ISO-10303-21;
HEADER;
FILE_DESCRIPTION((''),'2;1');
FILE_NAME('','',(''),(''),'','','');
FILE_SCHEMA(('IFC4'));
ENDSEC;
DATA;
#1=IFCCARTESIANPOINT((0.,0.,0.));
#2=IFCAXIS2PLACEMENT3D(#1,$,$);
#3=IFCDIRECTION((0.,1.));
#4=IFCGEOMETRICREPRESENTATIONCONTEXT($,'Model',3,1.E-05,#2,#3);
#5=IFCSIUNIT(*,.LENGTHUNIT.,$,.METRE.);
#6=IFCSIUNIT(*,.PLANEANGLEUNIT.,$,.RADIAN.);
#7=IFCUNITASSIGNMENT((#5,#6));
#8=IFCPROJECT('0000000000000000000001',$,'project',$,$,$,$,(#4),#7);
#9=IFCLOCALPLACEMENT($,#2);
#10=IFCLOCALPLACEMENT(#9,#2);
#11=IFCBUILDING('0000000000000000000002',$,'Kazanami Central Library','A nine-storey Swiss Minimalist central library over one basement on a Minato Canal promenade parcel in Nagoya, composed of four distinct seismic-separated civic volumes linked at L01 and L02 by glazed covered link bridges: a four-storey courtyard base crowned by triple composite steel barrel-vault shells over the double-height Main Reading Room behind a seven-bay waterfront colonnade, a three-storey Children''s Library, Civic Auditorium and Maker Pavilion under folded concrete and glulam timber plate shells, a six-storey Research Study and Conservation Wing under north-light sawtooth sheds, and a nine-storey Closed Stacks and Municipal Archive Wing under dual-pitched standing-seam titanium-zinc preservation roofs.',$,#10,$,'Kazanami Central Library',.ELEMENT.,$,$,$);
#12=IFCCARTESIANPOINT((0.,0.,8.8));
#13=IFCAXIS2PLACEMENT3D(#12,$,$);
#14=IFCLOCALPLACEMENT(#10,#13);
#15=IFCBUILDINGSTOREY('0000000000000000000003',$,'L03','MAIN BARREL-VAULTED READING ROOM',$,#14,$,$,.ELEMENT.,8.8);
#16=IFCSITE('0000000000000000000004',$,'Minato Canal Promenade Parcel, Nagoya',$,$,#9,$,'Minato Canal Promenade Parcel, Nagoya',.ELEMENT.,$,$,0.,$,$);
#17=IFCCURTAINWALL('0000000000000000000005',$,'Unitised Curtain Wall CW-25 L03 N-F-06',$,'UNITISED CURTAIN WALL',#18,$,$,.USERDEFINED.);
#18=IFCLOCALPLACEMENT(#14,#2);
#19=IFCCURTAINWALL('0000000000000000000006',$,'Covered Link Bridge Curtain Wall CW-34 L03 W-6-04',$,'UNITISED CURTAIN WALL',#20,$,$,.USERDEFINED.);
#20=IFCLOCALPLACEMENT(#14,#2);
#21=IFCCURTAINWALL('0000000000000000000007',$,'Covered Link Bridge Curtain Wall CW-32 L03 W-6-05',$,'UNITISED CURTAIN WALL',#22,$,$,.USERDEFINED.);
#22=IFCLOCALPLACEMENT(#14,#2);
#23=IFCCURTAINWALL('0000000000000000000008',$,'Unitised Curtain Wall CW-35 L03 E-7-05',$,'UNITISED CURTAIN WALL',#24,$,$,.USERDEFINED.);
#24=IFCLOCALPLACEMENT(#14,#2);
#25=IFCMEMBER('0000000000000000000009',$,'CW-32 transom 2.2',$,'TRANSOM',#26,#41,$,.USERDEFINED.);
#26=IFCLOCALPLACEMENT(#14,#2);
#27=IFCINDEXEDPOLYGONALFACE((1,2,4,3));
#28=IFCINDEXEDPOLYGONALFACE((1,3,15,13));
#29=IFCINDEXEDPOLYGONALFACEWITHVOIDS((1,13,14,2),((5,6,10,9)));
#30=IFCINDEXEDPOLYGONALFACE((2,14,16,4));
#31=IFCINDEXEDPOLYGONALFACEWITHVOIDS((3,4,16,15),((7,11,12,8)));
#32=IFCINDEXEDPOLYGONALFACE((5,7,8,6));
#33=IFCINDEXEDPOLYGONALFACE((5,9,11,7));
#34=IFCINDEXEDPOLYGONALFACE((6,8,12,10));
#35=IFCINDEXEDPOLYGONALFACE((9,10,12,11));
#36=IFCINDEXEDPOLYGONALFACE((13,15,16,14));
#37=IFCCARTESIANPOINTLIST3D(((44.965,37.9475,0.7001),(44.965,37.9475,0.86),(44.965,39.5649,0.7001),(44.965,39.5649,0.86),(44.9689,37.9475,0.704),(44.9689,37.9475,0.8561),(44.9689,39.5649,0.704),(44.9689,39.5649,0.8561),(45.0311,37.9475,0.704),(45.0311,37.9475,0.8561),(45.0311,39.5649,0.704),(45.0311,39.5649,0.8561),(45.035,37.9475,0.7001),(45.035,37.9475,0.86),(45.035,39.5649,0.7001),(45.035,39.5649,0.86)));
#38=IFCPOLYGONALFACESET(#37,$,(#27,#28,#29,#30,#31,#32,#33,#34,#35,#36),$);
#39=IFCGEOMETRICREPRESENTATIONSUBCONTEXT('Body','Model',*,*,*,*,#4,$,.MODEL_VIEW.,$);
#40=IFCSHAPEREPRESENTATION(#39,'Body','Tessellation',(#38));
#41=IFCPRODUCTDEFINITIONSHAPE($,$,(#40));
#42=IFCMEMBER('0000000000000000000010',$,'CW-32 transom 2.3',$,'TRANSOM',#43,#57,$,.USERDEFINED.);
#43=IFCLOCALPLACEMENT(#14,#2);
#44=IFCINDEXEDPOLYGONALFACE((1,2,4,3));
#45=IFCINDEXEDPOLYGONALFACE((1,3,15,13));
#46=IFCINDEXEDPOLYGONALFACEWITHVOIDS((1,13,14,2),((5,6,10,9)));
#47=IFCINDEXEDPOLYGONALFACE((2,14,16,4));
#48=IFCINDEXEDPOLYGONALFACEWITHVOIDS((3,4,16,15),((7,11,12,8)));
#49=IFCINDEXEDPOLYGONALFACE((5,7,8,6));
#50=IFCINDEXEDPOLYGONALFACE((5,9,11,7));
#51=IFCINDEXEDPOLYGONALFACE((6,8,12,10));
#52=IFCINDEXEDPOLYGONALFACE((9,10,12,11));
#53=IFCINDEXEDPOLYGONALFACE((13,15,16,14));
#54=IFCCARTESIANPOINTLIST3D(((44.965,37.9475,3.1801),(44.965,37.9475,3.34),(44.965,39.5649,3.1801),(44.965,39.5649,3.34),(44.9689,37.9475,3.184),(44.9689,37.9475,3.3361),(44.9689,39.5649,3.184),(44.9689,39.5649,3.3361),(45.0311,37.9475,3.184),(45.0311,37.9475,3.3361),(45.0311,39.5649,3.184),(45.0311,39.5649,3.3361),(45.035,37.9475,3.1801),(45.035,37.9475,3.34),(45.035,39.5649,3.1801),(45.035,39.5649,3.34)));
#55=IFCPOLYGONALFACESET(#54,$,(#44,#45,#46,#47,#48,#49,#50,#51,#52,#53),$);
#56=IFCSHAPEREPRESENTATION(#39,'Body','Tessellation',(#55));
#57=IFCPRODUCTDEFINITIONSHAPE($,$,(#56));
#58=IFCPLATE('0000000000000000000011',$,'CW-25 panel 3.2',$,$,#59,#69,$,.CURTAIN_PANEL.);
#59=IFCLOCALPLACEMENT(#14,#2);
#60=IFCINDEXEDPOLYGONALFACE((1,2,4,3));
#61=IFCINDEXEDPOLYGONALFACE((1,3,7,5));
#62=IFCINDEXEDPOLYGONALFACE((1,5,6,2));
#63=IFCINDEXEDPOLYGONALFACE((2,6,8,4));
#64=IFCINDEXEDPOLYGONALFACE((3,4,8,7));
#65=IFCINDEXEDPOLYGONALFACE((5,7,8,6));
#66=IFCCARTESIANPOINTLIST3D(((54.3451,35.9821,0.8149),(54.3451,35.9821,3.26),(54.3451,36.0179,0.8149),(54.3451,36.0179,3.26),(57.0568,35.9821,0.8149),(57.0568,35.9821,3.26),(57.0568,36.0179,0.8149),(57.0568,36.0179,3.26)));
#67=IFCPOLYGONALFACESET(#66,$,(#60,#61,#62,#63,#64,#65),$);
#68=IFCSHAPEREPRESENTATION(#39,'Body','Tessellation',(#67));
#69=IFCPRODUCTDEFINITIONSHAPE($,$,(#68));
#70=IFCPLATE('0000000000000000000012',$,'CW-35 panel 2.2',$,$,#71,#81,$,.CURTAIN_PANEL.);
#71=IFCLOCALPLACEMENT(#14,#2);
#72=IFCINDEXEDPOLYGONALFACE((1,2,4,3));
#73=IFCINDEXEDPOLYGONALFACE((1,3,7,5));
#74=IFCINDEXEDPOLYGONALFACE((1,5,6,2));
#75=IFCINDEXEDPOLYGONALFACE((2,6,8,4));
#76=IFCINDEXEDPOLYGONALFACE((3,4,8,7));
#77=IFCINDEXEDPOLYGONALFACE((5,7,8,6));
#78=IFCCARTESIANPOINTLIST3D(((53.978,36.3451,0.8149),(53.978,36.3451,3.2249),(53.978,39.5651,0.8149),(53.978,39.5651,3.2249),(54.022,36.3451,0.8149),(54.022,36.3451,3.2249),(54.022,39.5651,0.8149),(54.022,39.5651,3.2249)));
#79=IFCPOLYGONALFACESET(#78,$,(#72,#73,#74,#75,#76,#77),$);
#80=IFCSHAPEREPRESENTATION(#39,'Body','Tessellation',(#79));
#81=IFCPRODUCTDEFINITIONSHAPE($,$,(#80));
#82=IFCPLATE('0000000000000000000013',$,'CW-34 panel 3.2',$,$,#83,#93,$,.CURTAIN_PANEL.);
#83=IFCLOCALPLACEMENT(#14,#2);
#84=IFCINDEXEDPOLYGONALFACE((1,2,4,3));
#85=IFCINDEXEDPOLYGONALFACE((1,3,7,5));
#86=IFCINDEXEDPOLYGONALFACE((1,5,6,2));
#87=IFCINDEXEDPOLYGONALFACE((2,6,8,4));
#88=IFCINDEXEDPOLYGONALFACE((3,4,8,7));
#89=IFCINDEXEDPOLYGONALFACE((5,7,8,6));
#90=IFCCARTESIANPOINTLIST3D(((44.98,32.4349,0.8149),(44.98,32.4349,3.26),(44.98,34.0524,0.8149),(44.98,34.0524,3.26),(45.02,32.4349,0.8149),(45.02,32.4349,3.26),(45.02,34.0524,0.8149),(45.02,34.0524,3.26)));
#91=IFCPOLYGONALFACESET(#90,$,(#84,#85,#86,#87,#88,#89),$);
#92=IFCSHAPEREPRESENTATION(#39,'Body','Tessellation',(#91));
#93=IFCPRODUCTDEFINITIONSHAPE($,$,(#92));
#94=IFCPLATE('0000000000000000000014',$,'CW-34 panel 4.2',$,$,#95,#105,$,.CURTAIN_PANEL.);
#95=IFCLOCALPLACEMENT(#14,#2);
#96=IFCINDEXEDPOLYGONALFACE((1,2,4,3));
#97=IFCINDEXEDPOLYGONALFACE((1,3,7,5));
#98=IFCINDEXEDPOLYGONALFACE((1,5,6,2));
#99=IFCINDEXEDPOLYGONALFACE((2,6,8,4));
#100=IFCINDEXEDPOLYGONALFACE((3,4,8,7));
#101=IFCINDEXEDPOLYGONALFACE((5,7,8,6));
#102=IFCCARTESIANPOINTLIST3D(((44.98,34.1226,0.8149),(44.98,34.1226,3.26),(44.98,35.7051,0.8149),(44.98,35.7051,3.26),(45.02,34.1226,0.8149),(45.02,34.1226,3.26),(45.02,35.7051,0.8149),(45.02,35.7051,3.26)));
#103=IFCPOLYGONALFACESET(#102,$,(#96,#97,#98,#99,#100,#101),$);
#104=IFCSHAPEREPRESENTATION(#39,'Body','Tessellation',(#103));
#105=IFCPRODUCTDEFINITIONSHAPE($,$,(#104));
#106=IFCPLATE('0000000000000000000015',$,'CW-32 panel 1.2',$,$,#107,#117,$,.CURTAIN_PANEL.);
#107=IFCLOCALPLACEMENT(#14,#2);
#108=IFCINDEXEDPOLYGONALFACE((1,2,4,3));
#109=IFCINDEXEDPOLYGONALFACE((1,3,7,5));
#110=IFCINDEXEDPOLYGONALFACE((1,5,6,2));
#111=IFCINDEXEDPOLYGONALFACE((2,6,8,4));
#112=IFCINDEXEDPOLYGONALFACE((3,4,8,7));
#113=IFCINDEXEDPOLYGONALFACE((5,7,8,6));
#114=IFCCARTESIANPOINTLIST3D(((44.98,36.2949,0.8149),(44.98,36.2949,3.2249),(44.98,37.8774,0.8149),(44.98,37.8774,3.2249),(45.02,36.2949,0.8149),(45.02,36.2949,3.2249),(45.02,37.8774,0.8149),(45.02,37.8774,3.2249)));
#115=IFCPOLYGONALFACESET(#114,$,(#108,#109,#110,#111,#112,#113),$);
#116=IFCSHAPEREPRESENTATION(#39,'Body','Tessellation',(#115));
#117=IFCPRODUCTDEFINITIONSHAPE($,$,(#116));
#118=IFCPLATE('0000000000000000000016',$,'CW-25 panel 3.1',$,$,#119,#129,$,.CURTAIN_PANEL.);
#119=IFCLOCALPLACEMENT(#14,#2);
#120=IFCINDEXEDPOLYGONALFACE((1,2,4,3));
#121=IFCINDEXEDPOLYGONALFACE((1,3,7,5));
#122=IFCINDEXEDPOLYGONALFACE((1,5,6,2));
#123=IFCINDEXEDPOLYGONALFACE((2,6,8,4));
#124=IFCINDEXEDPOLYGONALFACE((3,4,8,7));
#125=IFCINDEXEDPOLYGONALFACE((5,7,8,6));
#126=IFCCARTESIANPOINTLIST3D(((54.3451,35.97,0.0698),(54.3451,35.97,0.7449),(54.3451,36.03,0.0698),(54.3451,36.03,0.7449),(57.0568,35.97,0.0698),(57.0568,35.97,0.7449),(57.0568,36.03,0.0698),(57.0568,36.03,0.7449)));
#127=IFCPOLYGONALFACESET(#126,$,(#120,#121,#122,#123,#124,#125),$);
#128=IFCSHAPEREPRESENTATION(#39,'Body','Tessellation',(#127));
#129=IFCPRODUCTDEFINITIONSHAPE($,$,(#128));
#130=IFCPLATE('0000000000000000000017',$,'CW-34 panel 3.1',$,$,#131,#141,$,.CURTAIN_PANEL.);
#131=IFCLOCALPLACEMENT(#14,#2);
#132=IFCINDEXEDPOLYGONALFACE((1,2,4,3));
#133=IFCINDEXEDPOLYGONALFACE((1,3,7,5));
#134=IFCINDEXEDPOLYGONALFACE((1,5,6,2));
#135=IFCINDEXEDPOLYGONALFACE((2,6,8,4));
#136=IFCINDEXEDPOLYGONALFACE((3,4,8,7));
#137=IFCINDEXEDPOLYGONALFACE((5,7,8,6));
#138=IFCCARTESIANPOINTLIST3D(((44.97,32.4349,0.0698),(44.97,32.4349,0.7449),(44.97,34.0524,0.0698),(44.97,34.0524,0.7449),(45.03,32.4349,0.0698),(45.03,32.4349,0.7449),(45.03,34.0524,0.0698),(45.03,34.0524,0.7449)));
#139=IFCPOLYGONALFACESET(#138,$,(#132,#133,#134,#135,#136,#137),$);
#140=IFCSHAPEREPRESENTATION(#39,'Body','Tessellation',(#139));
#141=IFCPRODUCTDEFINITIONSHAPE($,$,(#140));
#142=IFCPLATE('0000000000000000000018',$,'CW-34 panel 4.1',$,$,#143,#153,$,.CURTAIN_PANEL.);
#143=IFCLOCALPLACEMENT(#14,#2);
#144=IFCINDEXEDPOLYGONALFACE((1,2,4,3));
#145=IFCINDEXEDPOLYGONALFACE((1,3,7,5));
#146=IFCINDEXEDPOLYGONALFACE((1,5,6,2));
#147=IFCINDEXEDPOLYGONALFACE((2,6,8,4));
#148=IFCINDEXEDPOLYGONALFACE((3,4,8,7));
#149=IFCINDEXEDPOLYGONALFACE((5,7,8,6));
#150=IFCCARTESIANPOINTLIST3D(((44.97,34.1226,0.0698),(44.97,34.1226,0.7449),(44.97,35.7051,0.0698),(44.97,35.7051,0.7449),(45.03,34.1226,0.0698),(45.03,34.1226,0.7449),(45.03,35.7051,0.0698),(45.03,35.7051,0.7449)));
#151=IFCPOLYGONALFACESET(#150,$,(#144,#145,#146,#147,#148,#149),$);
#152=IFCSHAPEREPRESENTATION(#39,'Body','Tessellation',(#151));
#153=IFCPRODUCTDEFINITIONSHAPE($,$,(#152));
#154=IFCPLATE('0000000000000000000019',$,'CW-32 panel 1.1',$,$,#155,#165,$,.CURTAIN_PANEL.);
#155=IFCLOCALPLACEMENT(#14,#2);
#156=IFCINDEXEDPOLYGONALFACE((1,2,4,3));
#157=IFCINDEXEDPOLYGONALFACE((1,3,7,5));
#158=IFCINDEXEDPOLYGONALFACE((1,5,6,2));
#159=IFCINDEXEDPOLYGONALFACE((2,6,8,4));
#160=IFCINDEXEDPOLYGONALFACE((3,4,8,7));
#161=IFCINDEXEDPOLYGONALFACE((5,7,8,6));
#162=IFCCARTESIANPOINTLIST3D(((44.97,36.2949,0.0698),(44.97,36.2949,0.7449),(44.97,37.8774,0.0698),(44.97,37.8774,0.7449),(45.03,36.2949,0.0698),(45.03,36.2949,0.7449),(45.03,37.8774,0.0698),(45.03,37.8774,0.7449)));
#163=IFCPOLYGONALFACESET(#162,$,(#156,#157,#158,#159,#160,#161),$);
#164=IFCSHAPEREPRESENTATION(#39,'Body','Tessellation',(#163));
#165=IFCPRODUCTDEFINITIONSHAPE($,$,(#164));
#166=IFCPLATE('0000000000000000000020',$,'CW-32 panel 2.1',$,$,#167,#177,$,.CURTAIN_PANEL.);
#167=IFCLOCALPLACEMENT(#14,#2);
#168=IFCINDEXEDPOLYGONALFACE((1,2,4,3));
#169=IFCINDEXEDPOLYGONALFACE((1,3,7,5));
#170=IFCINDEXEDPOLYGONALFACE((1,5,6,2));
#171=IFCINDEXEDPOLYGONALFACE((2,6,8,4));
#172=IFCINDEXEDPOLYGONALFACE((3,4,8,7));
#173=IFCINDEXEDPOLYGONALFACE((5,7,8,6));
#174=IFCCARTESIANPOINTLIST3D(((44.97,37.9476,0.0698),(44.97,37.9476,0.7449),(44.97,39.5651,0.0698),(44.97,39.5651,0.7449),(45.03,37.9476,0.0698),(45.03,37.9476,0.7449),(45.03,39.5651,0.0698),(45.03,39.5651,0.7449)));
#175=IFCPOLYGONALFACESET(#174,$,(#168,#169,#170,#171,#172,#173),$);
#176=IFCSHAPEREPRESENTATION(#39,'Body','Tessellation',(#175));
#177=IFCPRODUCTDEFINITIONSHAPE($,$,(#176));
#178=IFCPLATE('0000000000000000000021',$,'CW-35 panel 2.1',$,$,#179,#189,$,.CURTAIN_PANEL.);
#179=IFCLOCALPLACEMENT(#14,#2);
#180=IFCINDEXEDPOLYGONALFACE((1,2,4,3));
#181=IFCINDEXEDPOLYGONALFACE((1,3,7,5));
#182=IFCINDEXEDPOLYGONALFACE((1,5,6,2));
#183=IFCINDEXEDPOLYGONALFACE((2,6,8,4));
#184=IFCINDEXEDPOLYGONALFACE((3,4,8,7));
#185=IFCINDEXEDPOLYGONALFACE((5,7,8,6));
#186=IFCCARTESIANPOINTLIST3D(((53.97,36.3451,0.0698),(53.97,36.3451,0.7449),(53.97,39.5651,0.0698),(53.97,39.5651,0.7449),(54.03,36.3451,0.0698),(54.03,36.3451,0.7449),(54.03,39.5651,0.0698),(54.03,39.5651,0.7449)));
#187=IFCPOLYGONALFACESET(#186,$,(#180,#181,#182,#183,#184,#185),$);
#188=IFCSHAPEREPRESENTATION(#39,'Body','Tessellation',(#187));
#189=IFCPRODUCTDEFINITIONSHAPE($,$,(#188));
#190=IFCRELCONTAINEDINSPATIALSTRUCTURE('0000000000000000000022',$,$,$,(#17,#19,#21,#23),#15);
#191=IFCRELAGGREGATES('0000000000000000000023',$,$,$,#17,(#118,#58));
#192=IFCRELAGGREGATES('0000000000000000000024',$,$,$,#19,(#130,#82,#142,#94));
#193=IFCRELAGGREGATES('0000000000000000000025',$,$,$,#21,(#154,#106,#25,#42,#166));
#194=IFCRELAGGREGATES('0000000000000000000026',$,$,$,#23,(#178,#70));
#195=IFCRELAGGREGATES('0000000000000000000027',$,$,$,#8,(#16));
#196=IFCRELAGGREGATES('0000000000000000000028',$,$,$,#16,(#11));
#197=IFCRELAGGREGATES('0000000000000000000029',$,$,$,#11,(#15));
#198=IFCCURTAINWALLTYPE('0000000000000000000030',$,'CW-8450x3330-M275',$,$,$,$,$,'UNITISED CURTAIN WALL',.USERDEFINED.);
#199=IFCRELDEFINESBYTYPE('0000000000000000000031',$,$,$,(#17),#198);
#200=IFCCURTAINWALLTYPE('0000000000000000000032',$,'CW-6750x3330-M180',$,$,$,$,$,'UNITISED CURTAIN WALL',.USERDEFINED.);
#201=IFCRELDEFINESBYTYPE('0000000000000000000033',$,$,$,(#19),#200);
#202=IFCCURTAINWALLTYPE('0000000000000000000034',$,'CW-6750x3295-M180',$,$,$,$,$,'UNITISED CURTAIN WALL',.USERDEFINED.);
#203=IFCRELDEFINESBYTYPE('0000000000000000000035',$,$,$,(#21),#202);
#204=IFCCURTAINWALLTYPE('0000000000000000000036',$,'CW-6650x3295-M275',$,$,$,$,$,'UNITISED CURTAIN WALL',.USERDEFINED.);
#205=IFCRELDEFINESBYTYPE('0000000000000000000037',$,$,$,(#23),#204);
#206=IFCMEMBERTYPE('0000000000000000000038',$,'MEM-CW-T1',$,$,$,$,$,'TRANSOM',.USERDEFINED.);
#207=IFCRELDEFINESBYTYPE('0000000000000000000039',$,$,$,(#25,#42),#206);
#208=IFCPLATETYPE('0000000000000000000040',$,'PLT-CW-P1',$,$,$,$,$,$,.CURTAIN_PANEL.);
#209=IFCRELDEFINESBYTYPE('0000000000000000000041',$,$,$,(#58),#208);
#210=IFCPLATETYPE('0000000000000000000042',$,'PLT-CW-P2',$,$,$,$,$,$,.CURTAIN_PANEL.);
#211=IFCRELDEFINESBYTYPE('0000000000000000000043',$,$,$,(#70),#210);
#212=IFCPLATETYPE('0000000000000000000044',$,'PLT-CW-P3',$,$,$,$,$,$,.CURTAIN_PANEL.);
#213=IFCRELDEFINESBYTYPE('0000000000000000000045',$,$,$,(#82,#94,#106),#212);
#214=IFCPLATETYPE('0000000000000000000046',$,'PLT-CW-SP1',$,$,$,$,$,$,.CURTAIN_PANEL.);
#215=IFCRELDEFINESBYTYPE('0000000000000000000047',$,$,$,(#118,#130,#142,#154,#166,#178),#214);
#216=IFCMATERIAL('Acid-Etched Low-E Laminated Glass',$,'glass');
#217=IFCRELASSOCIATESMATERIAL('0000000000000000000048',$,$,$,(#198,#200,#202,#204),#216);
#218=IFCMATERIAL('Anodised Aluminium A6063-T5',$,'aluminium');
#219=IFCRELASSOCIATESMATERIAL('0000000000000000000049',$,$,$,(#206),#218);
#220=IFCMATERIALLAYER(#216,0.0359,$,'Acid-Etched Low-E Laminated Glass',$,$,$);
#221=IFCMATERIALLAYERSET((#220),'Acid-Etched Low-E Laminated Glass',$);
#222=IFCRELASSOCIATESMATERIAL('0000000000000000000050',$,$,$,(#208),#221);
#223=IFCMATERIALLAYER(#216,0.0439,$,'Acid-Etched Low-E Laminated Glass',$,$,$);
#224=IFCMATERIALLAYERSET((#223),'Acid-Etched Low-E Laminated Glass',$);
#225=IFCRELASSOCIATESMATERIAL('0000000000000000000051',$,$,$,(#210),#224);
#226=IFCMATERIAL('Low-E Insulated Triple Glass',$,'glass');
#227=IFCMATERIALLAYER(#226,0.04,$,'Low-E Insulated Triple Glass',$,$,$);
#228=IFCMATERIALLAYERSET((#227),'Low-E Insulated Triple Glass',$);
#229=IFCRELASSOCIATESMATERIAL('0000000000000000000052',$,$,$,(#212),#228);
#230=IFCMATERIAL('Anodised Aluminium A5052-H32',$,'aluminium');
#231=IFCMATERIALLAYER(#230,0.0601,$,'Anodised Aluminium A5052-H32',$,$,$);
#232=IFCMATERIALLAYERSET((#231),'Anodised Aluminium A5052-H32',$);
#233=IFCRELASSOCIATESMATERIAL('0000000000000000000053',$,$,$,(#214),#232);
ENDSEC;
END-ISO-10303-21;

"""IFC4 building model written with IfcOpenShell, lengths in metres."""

from ifc_helpers import new_model, si_unit, direction, frame, origin, origin_2d, place, context, subcontext, project, spatial, rectangle, hollow_rectangle, extrude, material, layer, layer_set, material_profile, profile_set, type_object, element, aggregate, save


model = new_model("IFC4")

# Units and contexts
model_context = context("Model", 3, precision=1e-05, world=origin(), true_north=direction((0.0, 1.0)))
body_context = subcontext(model_context, "Body", "Model", "MODEL_VIEW")
ifc_project = project(units=[si_unit("LENGTHUNIT", "METRE"), si_unit("PLANEANGLEUNIT", "RADIAN")], contexts=[model_context])

# Site, building, storey
site_placement = place(None, origin())
site = spatial("IfcSite", under=ifc_project, at=site_placement, Name="Minato Canal Promenade Parcel, Nagoya", LongName="Minato Canal Promenade Parcel, Nagoya", CompositionType="ELEMENT", RefElevation=0.0)
building_placement = place(site_placement, origin())
building = spatial("IfcBuilding", under=site, at=building_placement, Name="Kazanami Central Library", Description="A nine-storey Swiss Minimalist central library over one basement on a Minato Canal promenade parcel in Nagoya, composed of four distinct seismic-separated civic volumes linked at L01 and L02 by glazed covered link bridges: a four-storey courtyard base crowned by triple composite steel barrel-vault shells over the double-height Main Reading Room behind a seven-bay waterfront colonnade, a three-storey Children's Library, Civic Auditorium and Maker Pavilion under folded concrete and glulam timber plate shells, a six-storey Research Study and Conservation Wing under north-light sawtooth sheds, and a nine-storey Closed Stacks and Municipal Archive Wing under dual-pitched standing-seam titanium-zinc preservation roofs.", LongName="Kazanami Central Library", CompositionType="ELEMENT")
storey_placement = place(building_placement, frame((0.0, 0.0, 8.8)))
storey = spatial("IfcBuildingStorey", under=building, at=storey_placement, Name="L03", Description="MAIN BARREL-VAULTED READING ROOM", CompositionType="ELEMENT", Elevation=8.8)

# Curtain wall
ifc_material_1 = material(Name="Acid-Etched Low-E Laminated Glass", Category="glass")
curtain_wall_type_1 = type_object("IfcCurtainWallType", Name="CW-8450x3330-M275", ElementType="UNITISED CURTAIN WALL", PredefinedType="USERDEFINED", material=ifc_material_1)
curtain_wall_1_placement = place(storey_placement, origin())
curtain_wall_1 = element("IfcCurtainWall", 1, at=curtain_wall_1_placement, inside=storey, type_object=curtain_wall_type_1, Name="Unitised Curtain Wall CW-25 L03 N-F-06", ObjectType="UNITISED CURTAIN WALL", PredefinedType="USERDEFINED")
ifc_material_2 = material(Name="Anodised Aluminium A6063-T5", Category="aluminium")

# Curtain walls
curtain_wall_type_2 = type_object("IfcCurtainWallType", Name="CW-6750x3330-M180", ElementType="UNITISED CURTAIN WALL", PredefinedType="USERDEFINED", material=ifc_material_1)
curtain_wall_2_placement = place(storey_placement, origin())
curtain_wall_2 = element("IfcCurtainWall", 2, at=curtain_wall_2_placement, inside=storey, type_object=curtain_wall_type_2, Name="Covered Link Bridge Curtain Wall CW-34 L03 W-6-04", ObjectType="UNITISED CURTAIN WALL", PredefinedType="USERDEFINED")
curtain_wall_type_3 = type_object("IfcCurtainWallType", Name="CW-6750x3295-M180", ElementType="UNITISED CURTAIN WALL", PredefinedType="USERDEFINED", material=ifc_material_1)
curtain_wall_3_placement = place(storey_placement, origin())
curtain_wall_3 = element("IfcCurtainWall", 3, at=curtain_wall_3_placement, inside=storey, type_object=curtain_wall_type_3, Name="Covered Link Bridge Curtain Wall CW-32 L03 W-6-05", ObjectType="UNITISED CURTAIN WALL", PredefinedType="USERDEFINED")

# Curtain wall
curtain_wall_type_4 = type_object("IfcCurtainWallType", Name="CW-6650x3295-M275", ElementType="UNITISED CURTAIN WALL", PredefinedType="USERDEFINED", material=ifc_material_1)
curtain_wall_4_placement = place(storey_placement, origin())
curtain_wall_4 = element("IfcCurtainWall", 4, at=curtain_wall_4_placement, inside=storey, type_object=curtain_wall_type_4, Name="Unitised Curtain Wall CW-35 L03 E-7-05", ObjectType="UNITISED CURTAIN WALL", PredefinedType="USERDEFINED")

# Members
ifc_material_profile_1 = material_profile(ifc_material_2, hollow_rectangle(XDim=0.0701, YDim=0.1599, WallThickness=0.0039, at=origin_2d()), Name="ALU-TRAN-70x160x4")
ifc_profile_set_1 = profile_set([ifc_material_profile_1], Name="Anodised Aluminium A6063-T5")
member_type_1 = type_object("IfcMemberType", Name="MEM-CW-T1", ElementType="TRANSOM", PredefinedType="USERDEFINED", material=ifc_profile_set_1)
member_1_placement = place(storey_placement, frame((45.0, 37.9475, 0.78), z_axis=(0.0, 1.0, 0.0), x_axis=(-1.0, 0.0, 0.0)))
member_1 = element("IfcMember", 5, at=member_1_placement, type_object=member_type_1, Name="CW-32 transom 2.2", ObjectType="TRANSOM", PredefinedType="USERDEFINED", context=body_context, shape_type="SweptSolid", body=[
    extrude(hollow_rectangle(XDim=0.0701, YDim=0.1599, WallThickness=0.0039, at=origin_2d()), origin(), (0.0, 0.0, 1.0), 1.6174),
])
member_2_placement = place(storey_placement, frame((45.0, 37.9475, 3.26), z_axis=(0.0, 1.0, 0.0), x_axis=(-1.0, 0.0, 0.0)))
member_2 = element("IfcMember", 6, at=member_2_placement, type_object=member_type_1, Name="CW-32 transom 2.3", ObjectType="TRANSOM", PredefinedType="USERDEFINED", context=body_context, shape_type="SweptSolid", body=[
    extrude(hollow_rectangle(XDim=0.0701, YDim=0.1599, WallThickness=0.0039, at=origin_2d()), origin(), (0.0, 0.0, 1.0), 1.6174),
])

# Plates
ifc_layer_1 = layer(ifc_material_1, 0.0359, Name="Acid-Etched Low-E Laminated Glass")
ifc_layer_set_1 = layer_set([ifc_layer_1], Name="Acid-Etched Low-E Laminated Glass")
plate_type_1 = type_object("IfcPlateType", Name="PLT-CW-P1", PredefinedType="CURTAIN_PANEL", material=ifc_layer_set_1)
plate_1_placement = place(storey_placement, frame((55.7009, 36.0, 0.8149), z_axis=(0.0, 0.0, 1.0), x_axis=(-1.0, 0.0, 0.0)))
plate_1 = element("IfcPlate", 7, at=plate_1_placement, type_object=plate_type_1, Name="CW-25 panel 3.2", PredefinedType="CURTAIN_PANEL", context=body_context, shape_type="SweptSolid", body=[
    extrude(rectangle(XDim=2.7117, YDim=0.0359, at=origin_2d()), origin(), (0.0, 0.0, 1.0), 2.4451),
])
ifc_layer_2 = layer(ifc_material_1, 0.0439, Name="Acid-Etched Low-E Laminated Glass")
ifc_layer_set_2 = layer_set([ifc_layer_2], Name="Acid-Etched Low-E Laminated Glass")
plate_type_2 = type_object("IfcPlateType", Name="PLT-CW-P2", PredefinedType="CURTAIN_PANEL", material=ifc_layer_set_2)
plate_2_placement = place(storey_placement, frame((54.0, 37.9551, 0.8149), z_axis=(0.0, 0.0, 1.0), x_axis=(0.0, -1.0, 0.0)))
plate_2 = element("IfcPlate", 8, at=plate_2_placement, type_object=plate_type_2, Name="CW-35 panel 2.2", PredefinedType="CURTAIN_PANEL", context=body_context, shape_type="SweptSolid", body=[
    extrude(rectangle(XDim=3.22, YDim=0.0439, at=origin_2d()), origin(), (0.0, 0.0, 1.0), 2.4099),
])
ifc_material_3 = material(Name="Low-E Insulated Triple Glass", Category="glass")
ifc_layer_3 = layer(ifc_material_3, 0.04, Name="Low-E Insulated Triple Glass")
ifc_layer_set_3 = layer_set([ifc_layer_3], Name="Low-E Insulated Triple Glass")
plate_type_3 = type_object("IfcPlateType", Name="PLT-CW-P3", PredefinedType="CURTAIN_PANEL", material=ifc_layer_set_3)
plate_3_placement = place(storey_placement, frame((45.0, 33.2437, 0.8149), z_axis=(0.0, 0.0, 1.0), x_axis=(0.0, 1.0, 0.0)))
plate_3 = element("IfcPlate", 9, at=plate_3_placement, type_object=plate_type_3, Name="CW-34 panel 3.2", PredefinedType="CURTAIN_PANEL", context=body_context, shape_type="SweptSolid", body=[
    extrude(rectangle(XDim=1.6174, YDim=0.04, at=origin_2d()), origin(), (0.0, 0.0, 1.0), 2.4451),
])
plate_4_placement = place(storey_placement, frame((45.0, 34.9138, 0.8149), z_axis=(0.0, 0.0, 1.0), x_axis=(0.0, 1.0, 0.0)))
plate_4 = element("IfcPlate", 10, at=plate_4_placement, type_object=plate_type_3, Name="CW-34 panel 4.2", PredefinedType="CURTAIN_PANEL", context=body_context, shape_type="SweptSolid", body=[
    extrude(rectangle(XDim=1.5825, YDim=0.04, at=origin_2d()), origin(), (0.0, 0.0, 1.0), 2.4451),
])
plate_5_placement = place(storey_placement, frame((45.0, 37.0862, 0.8149), z_axis=(0.0, 0.0, 1.0), x_axis=(0.0, 1.0, 0.0)))
plate_5 = element("IfcPlate", 11, at=plate_5_placement, type_object=plate_type_3, Name="CW-32 panel 1.2", PredefinedType="CURTAIN_PANEL", context=body_context, shape_type="SweptSolid", body=[
    extrude(rectangle(XDim=1.5825, YDim=0.04, at=origin_2d()), origin(), (0.0, 0.0, 1.0), 2.4099),
])
ifc_material_4 = material(Name="Anodised Aluminium A5052-H32", Category="aluminium")
ifc_layer_4 = layer(ifc_material_4, 0.0601, Name="Anodised Aluminium A5052-H32")
ifc_layer_set_4 = layer_set([ifc_layer_4], Name="Anodised Aluminium A5052-H32")
plate_type_4 = type_object("IfcPlateType", Name="PLT-CW-SP1", PredefinedType="CURTAIN_PANEL", material=ifc_layer_set_4)
plate_6_placement = place(storey_placement, frame((55.7009, 36.0, 0.0698), z_axis=(0.0, 0.0, 1.0), x_axis=(-1.0, 0.0, 0.0)))
plate_6 = element("IfcPlate", 12, at=plate_6_placement, type_object=plate_type_4, Name="CW-25 panel 3.1", PredefinedType="CURTAIN_PANEL", context=body_context, shape_type="SweptSolid", body=[
    extrude(rectangle(XDim=2.7117, YDim=0.0601, at=origin_2d()), origin(), (0.0, 0.0, 1.0), 0.675),
])
aggregate(curtain_wall_1, [plate_6, plate_1])
plate_7_placement = place(storey_placement, frame((45.0, 33.2437, 0.0698), z_axis=(0.0, 0.0, 1.0), x_axis=(0.0, 1.0, 0.0)))
plate_7 = element("IfcPlate", 13, at=plate_7_placement, type_object=plate_type_4, Name="CW-34 panel 3.1", PredefinedType="CURTAIN_PANEL", context=body_context, shape_type="SweptSolid", body=[
    extrude(rectangle(XDim=1.6174, YDim=0.0601, at=origin_2d()), origin(), (0.0, 0.0, 1.0), 0.675),
])
plate_8_placement = place(storey_placement, frame((45.0, 34.9138, 0.0698), z_axis=(0.0, 0.0, 1.0), x_axis=(0.0, 1.0, 0.0)))
plate_8 = element("IfcPlate", 14, at=plate_8_placement, type_object=plate_type_4, Name="CW-34 panel 4.1", PredefinedType="CURTAIN_PANEL", context=body_context, shape_type="SweptSolid", body=[
    extrude(rectangle(XDim=1.5825, YDim=0.0601, at=origin_2d()), origin(), (0.0, 0.0, 1.0), 0.675),
])
aggregate(curtain_wall_2, [plate_7, plate_3, plate_8, plate_4])
plate_9_placement = place(storey_placement, frame((45.0, 37.0862, 0.0698), z_axis=(0.0, 0.0, 1.0), x_axis=(0.0, 1.0, 0.0)))
plate_9 = element("IfcPlate", 15, at=plate_9_placement, type_object=plate_type_4, Name="CW-32 panel 1.1", PredefinedType="CURTAIN_PANEL", context=body_context, shape_type="SweptSolid", body=[
    extrude(rectangle(XDim=1.5825, YDim=0.0601, at=origin_2d()), origin(), (0.0, 0.0, 1.0), 0.675),
])
plate_10_placement = place(storey_placement, frame((45.0, 38.7563, 0.0698), z_axis=(0.0, 0.0, 1.0), x_axis=(0.0, 1.0, 0.0)))
plate_10 = element("IfcPlate", 16, at=plate_10_placement, type_object=plate_type_4, Name="CW-32 panel 2.1", PredefinedType="CURTAIN_PANEL", context=body_context, shape_type="SweptSolid", body=[
    extrude(rectangle(XDim=1.6174, YDim=0.0601, at=origin_2d()), origin(), (0.0, 0.0, 1.0), 0.675),
])
aggregate(curtain_wall_3, [plate_9, plate_5, member_1, member_2, plate_10])
plate_11_placement = place(storey_placement, frame((54.0, 37.9551, 0.0698), z_axis=(0.0, 0.0, 1.0), x_axis=(0.0, -1.0, 0.0)))
plate_11 = element("IfcPlate", 17, at=plate_11_placement, type_object=plate_type_4, Name="CW-35 panel 2.1", PredefinedType="CURTAIN_PANEL", context=body_context, shape_type="SweptSolid", body=[
    extrude(rectangle(XDim=3.22, YDim=0.0601, at=origin_2d()), origin(), (0.0, 0.0, 1.0), 0.675),
])
aggregate(curtain_wall_4, [plate_11, plate_2])

save(model, "model.ifc")
